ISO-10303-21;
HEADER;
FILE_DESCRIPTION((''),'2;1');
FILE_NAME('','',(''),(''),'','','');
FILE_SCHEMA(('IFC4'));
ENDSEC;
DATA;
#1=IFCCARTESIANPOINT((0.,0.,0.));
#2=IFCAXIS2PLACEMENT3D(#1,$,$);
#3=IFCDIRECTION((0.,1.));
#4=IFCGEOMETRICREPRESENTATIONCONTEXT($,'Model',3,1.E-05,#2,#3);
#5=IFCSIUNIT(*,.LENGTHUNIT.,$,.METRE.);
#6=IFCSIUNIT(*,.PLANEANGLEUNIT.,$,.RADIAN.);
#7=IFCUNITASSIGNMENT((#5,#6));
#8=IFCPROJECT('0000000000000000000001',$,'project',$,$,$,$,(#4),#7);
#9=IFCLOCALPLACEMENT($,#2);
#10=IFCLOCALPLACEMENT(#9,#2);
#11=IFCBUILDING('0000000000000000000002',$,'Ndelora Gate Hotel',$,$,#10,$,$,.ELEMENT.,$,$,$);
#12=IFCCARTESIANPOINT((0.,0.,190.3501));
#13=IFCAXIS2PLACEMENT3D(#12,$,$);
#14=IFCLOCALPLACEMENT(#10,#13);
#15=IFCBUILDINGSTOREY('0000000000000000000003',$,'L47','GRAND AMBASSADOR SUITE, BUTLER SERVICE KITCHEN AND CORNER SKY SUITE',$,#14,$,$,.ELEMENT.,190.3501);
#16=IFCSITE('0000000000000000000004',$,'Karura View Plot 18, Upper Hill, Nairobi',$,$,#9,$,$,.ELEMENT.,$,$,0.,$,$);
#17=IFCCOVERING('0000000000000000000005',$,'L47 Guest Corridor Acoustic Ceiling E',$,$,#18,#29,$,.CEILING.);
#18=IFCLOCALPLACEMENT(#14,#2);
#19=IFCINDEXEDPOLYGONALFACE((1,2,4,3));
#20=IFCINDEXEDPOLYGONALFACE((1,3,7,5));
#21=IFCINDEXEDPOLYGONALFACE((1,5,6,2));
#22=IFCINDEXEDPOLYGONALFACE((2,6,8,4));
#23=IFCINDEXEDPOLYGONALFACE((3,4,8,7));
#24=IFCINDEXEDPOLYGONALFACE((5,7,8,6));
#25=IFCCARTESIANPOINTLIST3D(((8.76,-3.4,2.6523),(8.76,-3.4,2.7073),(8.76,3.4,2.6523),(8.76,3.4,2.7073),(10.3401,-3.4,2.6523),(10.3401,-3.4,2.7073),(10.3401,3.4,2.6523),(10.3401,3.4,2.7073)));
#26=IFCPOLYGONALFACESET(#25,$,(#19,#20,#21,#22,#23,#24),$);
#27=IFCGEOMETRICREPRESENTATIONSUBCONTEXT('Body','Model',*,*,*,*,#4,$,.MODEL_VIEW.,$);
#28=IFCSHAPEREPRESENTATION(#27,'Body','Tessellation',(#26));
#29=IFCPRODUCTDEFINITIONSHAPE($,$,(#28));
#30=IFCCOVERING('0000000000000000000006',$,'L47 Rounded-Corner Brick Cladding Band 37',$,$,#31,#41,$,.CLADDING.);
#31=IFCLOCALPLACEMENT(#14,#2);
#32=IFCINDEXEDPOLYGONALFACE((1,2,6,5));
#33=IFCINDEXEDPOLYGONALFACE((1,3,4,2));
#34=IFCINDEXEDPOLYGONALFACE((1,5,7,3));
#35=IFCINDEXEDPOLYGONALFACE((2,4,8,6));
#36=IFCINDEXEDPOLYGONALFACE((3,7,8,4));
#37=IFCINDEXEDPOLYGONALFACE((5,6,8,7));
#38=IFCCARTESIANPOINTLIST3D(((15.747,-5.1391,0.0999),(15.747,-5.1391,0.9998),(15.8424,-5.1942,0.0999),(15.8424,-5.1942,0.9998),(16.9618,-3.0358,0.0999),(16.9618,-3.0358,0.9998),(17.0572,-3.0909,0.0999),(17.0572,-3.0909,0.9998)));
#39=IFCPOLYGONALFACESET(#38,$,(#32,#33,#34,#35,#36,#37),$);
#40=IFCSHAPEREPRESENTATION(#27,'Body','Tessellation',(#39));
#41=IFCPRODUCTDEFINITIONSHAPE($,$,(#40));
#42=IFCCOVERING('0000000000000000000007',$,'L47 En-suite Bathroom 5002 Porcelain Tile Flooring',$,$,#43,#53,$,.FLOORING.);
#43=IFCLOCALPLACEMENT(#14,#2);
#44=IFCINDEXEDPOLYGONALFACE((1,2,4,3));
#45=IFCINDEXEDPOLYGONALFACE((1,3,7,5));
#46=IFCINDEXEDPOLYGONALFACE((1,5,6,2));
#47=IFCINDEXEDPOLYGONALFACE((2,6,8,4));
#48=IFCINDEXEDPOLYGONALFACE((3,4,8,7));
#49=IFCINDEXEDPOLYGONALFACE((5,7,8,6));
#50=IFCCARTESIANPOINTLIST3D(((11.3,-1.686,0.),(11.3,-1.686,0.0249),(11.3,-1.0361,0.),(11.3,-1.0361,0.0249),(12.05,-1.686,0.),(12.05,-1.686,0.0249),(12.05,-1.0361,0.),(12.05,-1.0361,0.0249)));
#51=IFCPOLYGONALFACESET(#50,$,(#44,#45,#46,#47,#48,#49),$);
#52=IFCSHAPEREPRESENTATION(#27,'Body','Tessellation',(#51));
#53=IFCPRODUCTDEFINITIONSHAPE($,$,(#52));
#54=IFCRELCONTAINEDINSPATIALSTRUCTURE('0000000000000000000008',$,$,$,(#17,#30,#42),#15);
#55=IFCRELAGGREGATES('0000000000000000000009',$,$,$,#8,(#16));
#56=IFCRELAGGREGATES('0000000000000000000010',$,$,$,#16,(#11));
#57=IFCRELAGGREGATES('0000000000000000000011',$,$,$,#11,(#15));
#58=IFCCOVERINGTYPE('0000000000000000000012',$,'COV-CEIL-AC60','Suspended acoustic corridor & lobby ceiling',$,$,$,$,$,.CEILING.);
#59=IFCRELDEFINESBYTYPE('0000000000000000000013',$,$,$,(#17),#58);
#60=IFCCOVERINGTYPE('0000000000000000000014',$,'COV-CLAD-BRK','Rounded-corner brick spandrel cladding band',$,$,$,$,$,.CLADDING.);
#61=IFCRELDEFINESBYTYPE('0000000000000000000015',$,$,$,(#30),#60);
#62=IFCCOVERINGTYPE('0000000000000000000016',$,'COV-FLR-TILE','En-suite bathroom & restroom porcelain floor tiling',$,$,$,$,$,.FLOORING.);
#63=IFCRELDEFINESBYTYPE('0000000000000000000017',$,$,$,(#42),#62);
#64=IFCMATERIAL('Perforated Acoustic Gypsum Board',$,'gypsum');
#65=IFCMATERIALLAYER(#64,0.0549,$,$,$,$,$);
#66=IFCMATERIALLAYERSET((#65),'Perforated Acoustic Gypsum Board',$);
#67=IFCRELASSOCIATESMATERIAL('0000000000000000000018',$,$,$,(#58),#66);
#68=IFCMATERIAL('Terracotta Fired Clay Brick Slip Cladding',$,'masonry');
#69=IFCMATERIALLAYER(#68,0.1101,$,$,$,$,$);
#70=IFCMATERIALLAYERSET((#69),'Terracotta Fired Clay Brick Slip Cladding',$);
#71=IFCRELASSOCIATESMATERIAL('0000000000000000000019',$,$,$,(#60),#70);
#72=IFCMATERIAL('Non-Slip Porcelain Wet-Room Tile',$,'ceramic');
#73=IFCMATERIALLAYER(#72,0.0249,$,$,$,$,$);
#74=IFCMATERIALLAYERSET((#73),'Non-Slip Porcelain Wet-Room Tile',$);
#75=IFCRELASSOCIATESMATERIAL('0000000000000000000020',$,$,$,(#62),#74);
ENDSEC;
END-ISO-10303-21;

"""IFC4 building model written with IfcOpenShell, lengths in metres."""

from ifc_helpers import new_model, si_unit, direction, frame, origin, origin_2d, place, context, subcontext, project, spatial, rectangle, extrude, material, layer, layer_set, type_object, element, save


model = new_model("IFC4")

# Units and contexts
model_context = context("Model", 3, precision=1e-05, world=origin(), true_north=direction((0.0, 1.0)))
body_context = subcontext(model_context, "Body", "Model", "MODEL_VIEW")
ifc_project = project(units=[si_unit("LENGTHUNIT", "METRE"), si_unit("PLANEANGLEUNIT", "RADIAN")], contexts=[model_context])

# Site, building, storey
site_placement = place(None, origin())
site = spatial("IfcSite", under=ifc_project, at=site_placement, Name="Karura View Plot 18, Upper Hill, Nairobi", CompositionType="ELEMENT", RefElevation=0.0)
building_placement = place(site_placement, origin())
building = spatial("IfcBuilding", under=site, at=building_placement, Name="Ndelora Gate Hotel", CompositionType="ELEMENT")
storey_placement = place(building_placement, frame((0.0, 0.0, 190.3501)))
storey = spatial("IfcBuildingStorey", under=building, at=storey_placement, Name="L47", Description="GRAND AMBASSADOR SUITE, BUTLER SERVICE KITCHEN AND CORNER SKY SUITE", CompositionType="ELEMENT", Elevation=190.3501)

# Coverings
ifc_material_1 = material(Name="Perforated Acoustic Gypsum Board", Category="gypsum")
ifc_layer_1 = layer(ifc_material_1, 0.0549)
ifc_layer_set_1 = layer_set([ifc_layer_1], Name="Perforated Acoustic Gypsum Board")
covering_type_1 = type_object("IfcCoveringType", Name="COV-CEIL-AC60", Description="Suspended acoustic corridor & lobby ceiling", PredefinedType="CEILING", material=ifc_layer_set_1)
covering_1_placement = place(storey_placement, frame((9.55, 0.0, 2.6523), z_axis=(0.0, 0.0, 1.0), x_axis=(1.0, 0.0, 0.0)))
element("IfcCovering", 1, at=covering_1_placement, inside=storey, type_object=covering_type_1, Name="L47 Guest Corridor Acoustic Ceiling E", PredefinedType="CEILING", context=body_context, shape_type="SweptSolid", body=[
    extrude(rectangle(XDim=1.5801, YDim=6.8, at=origin_2d()), origin(), (0.0, 0.0, 1.0), 0.0549),
])
ifc_material_2 = material(Name="Terracotta Fired Clay Brick Slip Cladding", Category="masonry")
ifc_layer_2 = layer(ifc_material_2, 0.1101)
ifc_layer_set_2 = layer_set([ifc_layer_2], Name="Terracotta Fired Clay Brick Slip Cladding")
covering_type_2 = type_object("IfcCoveringType", Name="COV-CLAD-BRK", Description="Rounded-corner brick spandrel cladding band", PredefinedType="CLADDING", material=ifc_layer_set_2)
covering_2_placement = place(storey_placement, frame((16.4021, -4.115, 0.0999), z_axis=(0.0, 0.0, 1.0), x_axis=(0.500151, 0.865938, 0.0)))
element("IfcCovering", 2, at=covering_2_placement, inside=storey, type_object=covering_type_2, Name="L47 Rounded-Corner Brick Cladding Band 37", PredefinedType="CLADDING", context=body_context, shape_type="SweptSolid", body=[
    extrude(rectangle(XDim=2.429, YDim=0.1101, at=origin_2d()), origin(), (0.0, 0.0, 1.0), 0.8999),
])
ifc_material_3 = material(Name="Non-Slip Porcelain Wet-Room Tile", Category="ceramic")
ifc_layer_3 = layer(ifc_material_3, 0.0249)
ifc_layer_set_3 = layer_set([ifc_layer_3], Name="Non-Slip Porcelain Wet-Room Tile")
covering_type_3 = type_object("IfcCoveringType", Name="COV-FLR-TILE", Description="En-suite bathroom & restroom porcelain floor tiling", PredefinedType="FLOORING", material=ifc_layer_set_3)
covering_3_placement = place(storey_placement, frame((11.675, -1.3611, 0.0), z_axis=(0.0, 0.0, 1.0), x_axis=(1.0, 0.0, 0.0)))
element("IfcCovering", 3, at=covering_3_placement, inside=storey, type_object=covering_type_3, Name="L47 En-suite Bathroom 5002 Porcelain Tile Flooring", PredefinedType="FLOORING", context=body_context, shape_type="SweptSolid", body=[
    extrude(rectangle(XDim=0.75, YDim=0.6499, at=origin_2d()), origin(), (0.0, 0.0, 1.0), 0.0249),
])

save(model, "model.ifc")
